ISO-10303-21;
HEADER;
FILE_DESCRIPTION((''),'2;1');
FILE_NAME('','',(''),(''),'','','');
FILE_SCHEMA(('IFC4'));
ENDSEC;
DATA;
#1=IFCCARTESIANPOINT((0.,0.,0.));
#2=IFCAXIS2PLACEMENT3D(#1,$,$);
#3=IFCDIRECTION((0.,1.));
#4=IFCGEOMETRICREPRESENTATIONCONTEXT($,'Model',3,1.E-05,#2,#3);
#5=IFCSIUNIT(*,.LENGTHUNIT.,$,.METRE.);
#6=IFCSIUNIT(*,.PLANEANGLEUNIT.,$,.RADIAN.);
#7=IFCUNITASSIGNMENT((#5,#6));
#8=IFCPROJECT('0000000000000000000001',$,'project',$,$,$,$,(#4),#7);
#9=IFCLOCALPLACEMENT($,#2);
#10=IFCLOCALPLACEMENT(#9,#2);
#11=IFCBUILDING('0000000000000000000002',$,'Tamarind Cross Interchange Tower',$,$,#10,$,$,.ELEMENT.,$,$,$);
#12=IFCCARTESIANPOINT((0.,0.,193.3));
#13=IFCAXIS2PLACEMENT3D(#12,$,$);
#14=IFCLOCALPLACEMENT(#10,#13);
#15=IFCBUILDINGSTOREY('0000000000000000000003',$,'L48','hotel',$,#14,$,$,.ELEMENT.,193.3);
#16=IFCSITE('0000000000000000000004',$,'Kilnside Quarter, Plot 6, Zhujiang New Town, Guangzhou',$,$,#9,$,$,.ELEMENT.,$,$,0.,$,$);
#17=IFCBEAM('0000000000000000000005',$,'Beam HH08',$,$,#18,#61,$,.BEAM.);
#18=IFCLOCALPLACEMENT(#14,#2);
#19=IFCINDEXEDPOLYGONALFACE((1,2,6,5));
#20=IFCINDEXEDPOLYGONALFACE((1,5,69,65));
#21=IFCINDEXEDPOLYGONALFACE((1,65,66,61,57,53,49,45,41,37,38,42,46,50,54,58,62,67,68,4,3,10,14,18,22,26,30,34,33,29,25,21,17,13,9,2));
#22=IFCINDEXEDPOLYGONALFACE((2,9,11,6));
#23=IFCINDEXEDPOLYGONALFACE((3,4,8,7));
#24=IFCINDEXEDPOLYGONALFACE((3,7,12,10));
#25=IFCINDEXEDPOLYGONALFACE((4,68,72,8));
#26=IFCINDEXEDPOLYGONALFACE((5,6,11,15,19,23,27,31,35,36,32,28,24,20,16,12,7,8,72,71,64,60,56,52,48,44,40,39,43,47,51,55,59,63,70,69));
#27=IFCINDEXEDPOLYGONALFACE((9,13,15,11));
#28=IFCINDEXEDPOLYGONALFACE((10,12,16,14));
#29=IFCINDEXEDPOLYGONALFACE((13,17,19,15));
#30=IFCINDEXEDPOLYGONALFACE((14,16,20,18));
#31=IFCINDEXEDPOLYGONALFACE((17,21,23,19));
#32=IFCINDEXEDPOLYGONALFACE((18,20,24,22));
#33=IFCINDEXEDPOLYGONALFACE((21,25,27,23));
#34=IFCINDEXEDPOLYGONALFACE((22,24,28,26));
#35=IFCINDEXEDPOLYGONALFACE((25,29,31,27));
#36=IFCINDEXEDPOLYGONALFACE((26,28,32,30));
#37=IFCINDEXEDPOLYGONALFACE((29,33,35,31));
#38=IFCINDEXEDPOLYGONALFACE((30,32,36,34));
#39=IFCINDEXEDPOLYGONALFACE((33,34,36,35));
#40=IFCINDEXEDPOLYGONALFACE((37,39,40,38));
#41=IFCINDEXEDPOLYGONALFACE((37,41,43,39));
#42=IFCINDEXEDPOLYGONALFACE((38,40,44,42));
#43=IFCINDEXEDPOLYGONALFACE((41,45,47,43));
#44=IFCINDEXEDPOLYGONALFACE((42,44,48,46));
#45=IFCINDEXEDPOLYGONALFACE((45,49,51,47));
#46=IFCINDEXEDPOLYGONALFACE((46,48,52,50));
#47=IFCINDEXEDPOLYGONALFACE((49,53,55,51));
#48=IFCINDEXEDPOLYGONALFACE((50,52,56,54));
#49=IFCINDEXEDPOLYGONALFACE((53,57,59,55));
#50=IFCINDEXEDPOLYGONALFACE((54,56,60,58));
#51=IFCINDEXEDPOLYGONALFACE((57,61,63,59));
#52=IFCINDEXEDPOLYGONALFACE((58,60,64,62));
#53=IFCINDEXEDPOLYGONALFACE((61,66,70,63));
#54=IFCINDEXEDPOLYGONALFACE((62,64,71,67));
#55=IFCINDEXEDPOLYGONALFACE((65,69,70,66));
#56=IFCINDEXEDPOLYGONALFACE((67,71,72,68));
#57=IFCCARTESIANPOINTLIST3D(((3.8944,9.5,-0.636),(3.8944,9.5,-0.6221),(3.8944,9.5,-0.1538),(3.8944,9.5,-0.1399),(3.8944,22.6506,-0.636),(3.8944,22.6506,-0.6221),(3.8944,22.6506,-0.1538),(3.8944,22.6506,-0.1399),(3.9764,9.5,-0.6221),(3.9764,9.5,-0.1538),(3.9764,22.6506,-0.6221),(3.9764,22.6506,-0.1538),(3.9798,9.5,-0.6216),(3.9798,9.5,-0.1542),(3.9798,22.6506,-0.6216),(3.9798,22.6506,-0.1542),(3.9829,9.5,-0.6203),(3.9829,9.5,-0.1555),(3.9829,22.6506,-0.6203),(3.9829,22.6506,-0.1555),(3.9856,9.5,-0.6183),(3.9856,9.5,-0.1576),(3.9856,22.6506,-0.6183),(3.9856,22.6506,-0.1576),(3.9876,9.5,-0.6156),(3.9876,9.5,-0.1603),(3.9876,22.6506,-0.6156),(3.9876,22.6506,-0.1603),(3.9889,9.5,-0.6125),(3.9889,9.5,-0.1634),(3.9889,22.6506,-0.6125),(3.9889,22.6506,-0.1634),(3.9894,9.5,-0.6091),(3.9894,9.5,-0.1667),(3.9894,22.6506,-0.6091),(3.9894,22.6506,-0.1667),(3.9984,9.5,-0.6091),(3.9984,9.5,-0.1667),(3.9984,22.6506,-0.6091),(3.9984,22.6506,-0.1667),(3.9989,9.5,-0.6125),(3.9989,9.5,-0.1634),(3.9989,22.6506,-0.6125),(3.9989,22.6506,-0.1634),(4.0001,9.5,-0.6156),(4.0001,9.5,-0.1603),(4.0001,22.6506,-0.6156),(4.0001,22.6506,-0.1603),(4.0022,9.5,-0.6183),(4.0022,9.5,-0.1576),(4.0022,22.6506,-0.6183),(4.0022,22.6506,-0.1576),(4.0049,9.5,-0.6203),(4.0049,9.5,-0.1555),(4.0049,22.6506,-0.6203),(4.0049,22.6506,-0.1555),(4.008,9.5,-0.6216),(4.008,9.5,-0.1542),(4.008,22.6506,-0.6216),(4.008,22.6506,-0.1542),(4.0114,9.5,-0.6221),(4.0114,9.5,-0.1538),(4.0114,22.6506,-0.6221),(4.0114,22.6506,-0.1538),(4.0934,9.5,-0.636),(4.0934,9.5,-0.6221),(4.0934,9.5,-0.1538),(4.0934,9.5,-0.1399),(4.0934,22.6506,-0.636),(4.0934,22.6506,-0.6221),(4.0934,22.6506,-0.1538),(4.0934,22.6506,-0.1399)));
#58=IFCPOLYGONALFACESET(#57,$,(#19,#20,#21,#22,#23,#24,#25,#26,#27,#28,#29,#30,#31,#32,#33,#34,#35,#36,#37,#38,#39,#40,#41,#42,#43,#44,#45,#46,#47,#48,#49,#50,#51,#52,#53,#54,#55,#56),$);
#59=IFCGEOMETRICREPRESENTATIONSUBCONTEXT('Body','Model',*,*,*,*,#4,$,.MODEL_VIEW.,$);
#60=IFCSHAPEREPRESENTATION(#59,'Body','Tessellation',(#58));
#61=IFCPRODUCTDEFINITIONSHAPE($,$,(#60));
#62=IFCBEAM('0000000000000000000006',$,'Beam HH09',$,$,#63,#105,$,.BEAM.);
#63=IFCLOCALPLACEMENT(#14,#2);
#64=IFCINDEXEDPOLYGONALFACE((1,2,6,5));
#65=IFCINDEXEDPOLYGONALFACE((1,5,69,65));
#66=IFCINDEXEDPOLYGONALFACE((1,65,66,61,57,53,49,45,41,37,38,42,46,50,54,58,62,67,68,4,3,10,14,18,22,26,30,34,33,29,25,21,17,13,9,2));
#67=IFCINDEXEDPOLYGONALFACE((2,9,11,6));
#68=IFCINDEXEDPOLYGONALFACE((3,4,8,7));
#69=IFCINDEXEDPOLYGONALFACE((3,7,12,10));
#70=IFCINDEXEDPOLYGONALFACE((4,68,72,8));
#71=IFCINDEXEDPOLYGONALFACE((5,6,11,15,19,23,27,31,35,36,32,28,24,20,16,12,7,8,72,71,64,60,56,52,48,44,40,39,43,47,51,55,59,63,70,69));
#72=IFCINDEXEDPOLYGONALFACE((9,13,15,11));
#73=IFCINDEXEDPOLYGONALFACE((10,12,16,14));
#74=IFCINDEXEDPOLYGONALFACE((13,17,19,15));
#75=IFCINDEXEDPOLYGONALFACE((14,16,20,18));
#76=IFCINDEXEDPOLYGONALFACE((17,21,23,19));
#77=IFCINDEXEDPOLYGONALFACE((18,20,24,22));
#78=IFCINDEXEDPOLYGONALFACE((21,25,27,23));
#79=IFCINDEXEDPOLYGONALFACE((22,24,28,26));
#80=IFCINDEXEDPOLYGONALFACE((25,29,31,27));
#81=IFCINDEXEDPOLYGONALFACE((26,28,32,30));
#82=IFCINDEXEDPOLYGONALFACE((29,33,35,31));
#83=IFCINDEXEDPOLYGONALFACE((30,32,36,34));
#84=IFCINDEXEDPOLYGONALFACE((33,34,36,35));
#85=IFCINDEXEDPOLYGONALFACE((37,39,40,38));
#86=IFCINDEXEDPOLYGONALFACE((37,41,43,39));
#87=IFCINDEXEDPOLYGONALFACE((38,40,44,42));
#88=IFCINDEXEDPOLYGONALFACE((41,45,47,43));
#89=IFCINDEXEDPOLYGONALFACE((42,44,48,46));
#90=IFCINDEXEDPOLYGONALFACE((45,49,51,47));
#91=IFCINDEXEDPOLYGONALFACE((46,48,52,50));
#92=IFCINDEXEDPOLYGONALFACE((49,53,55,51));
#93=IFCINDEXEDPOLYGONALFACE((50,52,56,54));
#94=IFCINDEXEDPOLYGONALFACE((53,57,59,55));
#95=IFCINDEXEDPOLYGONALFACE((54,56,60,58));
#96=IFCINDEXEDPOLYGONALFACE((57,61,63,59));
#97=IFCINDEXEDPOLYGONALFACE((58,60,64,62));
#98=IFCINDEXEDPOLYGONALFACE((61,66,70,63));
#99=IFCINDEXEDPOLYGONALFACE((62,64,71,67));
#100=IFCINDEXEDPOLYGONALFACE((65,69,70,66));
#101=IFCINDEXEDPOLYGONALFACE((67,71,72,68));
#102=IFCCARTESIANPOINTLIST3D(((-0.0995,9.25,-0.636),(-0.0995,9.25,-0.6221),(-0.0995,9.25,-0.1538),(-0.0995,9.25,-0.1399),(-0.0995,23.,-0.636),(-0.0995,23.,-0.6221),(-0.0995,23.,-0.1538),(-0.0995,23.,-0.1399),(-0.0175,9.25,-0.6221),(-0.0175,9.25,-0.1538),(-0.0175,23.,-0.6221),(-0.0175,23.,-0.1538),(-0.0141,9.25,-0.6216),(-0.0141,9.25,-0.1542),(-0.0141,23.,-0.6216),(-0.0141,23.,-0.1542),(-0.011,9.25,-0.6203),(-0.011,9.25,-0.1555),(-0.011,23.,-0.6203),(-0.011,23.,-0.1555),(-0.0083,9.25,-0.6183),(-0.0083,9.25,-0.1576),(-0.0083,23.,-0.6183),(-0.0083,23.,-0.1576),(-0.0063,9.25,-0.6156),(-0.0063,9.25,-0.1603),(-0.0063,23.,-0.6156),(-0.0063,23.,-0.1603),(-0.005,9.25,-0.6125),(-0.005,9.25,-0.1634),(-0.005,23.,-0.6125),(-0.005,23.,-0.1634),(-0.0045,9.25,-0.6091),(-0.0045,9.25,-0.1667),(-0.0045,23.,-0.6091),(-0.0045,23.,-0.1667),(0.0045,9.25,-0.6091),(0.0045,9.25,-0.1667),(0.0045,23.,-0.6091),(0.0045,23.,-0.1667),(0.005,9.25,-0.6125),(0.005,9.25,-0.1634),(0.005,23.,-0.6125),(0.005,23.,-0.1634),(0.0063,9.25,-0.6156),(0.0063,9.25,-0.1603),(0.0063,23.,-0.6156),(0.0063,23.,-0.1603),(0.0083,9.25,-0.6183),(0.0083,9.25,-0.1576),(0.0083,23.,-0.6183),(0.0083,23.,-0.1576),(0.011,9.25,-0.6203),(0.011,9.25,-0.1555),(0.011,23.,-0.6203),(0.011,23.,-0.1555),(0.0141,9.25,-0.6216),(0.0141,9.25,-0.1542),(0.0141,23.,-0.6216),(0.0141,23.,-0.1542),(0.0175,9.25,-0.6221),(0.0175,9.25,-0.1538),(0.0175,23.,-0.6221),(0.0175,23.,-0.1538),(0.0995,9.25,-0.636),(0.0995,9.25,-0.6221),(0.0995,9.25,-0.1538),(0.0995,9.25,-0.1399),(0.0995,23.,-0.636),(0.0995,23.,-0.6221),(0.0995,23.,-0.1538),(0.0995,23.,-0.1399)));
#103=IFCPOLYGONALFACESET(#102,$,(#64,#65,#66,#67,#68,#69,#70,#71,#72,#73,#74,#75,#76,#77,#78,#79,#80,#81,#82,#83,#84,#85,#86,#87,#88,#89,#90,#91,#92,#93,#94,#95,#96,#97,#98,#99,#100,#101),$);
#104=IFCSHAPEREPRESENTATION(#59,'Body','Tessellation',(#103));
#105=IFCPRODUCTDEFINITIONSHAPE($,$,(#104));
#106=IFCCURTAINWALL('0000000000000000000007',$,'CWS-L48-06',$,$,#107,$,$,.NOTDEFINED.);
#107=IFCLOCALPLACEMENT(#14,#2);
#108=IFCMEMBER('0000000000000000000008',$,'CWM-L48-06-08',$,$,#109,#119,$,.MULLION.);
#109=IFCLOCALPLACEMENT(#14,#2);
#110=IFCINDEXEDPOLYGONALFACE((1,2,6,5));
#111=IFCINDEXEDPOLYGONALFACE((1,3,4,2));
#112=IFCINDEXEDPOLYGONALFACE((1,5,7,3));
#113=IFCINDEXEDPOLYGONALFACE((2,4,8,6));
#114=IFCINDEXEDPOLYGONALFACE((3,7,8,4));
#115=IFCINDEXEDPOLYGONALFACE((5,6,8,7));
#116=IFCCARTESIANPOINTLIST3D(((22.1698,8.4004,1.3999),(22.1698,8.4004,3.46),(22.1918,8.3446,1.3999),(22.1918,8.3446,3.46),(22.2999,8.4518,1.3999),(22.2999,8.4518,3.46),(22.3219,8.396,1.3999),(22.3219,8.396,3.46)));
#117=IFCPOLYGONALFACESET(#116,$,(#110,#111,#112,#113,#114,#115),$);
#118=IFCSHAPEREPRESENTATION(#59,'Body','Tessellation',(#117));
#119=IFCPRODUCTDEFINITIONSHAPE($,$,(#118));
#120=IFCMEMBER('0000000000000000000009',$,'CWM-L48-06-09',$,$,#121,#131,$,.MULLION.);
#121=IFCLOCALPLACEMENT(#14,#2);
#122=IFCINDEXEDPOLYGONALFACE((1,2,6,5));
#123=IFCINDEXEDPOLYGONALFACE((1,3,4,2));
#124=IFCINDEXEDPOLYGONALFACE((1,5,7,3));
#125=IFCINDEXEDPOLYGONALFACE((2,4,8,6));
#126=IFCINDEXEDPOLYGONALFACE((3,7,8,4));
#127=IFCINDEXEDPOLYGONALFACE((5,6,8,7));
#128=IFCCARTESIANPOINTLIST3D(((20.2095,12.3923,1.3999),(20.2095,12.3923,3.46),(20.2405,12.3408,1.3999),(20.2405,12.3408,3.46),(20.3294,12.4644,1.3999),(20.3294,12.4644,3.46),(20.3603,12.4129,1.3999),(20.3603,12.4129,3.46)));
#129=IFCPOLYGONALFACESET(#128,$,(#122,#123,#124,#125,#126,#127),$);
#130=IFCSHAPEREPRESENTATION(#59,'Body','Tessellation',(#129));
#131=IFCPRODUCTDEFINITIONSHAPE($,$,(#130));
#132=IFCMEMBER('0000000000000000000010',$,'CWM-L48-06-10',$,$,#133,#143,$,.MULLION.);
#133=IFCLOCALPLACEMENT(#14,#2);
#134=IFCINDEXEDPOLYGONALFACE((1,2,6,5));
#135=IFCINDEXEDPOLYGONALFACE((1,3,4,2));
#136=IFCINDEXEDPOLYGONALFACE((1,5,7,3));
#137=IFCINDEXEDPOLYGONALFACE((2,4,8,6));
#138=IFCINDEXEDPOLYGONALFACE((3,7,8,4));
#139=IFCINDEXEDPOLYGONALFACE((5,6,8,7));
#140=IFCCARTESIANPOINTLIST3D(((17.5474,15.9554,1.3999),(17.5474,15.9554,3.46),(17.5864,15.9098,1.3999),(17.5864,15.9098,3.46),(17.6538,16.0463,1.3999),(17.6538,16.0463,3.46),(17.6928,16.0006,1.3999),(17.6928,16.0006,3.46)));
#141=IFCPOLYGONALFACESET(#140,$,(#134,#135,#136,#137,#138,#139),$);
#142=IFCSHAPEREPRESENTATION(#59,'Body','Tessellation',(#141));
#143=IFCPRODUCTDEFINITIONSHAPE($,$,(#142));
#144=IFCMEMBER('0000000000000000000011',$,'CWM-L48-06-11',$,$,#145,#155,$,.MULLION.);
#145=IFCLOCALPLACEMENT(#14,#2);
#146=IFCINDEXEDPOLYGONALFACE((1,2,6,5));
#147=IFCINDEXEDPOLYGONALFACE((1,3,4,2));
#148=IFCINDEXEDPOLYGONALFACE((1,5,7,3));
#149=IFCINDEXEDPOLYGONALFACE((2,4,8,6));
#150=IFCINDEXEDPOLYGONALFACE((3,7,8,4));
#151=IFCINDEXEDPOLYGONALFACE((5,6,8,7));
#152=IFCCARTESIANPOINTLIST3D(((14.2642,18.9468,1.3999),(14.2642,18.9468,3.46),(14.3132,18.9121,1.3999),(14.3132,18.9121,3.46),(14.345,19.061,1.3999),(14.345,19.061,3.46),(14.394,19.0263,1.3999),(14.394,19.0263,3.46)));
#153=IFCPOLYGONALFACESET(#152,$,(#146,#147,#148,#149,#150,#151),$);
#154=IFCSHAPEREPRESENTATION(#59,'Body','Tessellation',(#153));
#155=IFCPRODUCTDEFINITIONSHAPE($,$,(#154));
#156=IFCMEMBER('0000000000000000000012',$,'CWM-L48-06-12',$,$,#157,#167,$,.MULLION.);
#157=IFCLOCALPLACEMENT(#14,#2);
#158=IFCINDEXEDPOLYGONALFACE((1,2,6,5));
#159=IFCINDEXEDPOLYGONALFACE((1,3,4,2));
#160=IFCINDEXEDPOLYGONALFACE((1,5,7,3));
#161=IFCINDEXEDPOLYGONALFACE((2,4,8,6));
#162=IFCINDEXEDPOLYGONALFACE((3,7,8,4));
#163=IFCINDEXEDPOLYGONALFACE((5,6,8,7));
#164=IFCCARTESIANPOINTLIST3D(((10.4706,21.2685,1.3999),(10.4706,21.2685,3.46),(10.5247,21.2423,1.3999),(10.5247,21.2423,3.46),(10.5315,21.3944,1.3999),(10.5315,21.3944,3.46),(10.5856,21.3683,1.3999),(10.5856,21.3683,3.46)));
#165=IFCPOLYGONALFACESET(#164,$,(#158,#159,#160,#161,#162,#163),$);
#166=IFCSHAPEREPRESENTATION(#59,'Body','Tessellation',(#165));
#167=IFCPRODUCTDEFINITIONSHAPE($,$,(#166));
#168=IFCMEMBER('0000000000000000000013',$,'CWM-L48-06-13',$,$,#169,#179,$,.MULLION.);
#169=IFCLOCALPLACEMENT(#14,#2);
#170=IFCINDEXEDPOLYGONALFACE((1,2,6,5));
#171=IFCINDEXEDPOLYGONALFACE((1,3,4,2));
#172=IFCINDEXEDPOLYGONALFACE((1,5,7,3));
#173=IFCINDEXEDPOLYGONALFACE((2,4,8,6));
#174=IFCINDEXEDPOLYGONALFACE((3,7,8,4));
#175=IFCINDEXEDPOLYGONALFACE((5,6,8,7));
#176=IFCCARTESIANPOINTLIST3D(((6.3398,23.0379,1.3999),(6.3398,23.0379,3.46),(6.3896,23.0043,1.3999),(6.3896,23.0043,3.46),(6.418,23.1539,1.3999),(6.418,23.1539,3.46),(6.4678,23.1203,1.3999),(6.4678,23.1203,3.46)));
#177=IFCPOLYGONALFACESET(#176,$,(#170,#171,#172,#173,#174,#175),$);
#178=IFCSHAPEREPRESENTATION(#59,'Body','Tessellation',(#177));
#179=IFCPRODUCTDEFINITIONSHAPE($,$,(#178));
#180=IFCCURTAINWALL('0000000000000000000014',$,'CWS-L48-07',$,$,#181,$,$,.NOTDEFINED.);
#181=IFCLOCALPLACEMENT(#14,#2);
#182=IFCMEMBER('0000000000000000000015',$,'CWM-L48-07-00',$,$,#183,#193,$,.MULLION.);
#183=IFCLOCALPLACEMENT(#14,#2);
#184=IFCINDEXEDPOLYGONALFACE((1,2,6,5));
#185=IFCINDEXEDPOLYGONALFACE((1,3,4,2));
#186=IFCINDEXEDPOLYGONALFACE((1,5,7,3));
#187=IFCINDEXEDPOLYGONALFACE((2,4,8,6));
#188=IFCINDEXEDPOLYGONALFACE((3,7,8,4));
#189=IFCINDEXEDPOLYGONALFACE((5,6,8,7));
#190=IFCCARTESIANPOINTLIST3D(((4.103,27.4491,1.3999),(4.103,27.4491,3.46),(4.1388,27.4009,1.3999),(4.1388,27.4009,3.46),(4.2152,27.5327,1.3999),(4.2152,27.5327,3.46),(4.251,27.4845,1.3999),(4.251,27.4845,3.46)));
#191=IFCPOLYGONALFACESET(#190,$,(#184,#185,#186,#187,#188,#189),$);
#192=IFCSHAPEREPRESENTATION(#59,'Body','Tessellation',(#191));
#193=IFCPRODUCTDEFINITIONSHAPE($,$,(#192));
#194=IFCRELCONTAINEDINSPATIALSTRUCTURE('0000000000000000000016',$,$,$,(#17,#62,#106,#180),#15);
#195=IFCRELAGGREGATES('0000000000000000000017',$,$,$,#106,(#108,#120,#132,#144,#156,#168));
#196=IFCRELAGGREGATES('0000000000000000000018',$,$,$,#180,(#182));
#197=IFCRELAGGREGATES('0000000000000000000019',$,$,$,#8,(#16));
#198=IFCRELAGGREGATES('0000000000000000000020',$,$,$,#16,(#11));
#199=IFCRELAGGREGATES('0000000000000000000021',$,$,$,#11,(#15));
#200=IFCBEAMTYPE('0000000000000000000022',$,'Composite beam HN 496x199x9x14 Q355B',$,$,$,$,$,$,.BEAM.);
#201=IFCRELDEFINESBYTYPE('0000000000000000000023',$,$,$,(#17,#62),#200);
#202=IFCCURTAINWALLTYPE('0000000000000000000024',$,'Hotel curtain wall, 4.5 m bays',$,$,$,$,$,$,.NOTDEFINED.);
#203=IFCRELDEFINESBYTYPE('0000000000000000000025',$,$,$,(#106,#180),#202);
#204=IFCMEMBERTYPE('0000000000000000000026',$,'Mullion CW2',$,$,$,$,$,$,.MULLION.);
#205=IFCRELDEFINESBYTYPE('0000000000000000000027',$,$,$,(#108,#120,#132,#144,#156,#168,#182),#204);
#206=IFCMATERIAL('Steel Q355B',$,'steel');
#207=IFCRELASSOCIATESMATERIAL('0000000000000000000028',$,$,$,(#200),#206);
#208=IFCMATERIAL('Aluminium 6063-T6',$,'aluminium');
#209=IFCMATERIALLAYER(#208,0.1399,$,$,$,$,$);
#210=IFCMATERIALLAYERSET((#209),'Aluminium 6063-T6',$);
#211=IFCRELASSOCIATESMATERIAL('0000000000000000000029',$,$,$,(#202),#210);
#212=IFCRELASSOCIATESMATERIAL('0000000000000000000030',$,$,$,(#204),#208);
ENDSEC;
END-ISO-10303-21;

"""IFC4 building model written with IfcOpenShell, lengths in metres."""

from ifc_helpers import new_model, si_unit, direction, frame, origin, origin_2d, place, context, subcontext, project, spatial, rectangle, i_section, extrude, material, layer, layer_set, material_profile, profile_set, type_object, element, aggregate, save


model = new_model("IFC4")

# Units and contexts
model_context = context("Model", 3, precision=1e-05, world=origin(), true_north=direction((0.0, 1.0)))
body_context = subcontext(model_context, "Body", "Model", "MODEL_VIEW")
ifc_project = project(units=[si_unit("LENGTHUNIT", "METRE"), si_unit("PLANEANGLEUNIT", "RADIAN")], contexts=[model_context])

# Site, building, storey
site_placement = place(None, origin())
site = spatial("IfcSite", under=ifc_project, at=site_placement, Name="Kilnside Quarter, Plot 6, Zhujiang New Town, Guangzhou", CompositionType="ELEMENT", RefElevation=0.0)
building_placement = place(site_placement, origin())
building = spatial("IfcBuilding", under=site, at=building_placement, Name="Tamarind Cross Interchange Tower", CompositionType="ELEMENT")
storey_placement = place(building_placement, frame((0.0, 0.0, 193.3)))
storey = spatial("IfcBuildingStorey", under=building, at=storey_placement, Name="L48", Description="hotel", CompositionType="ELEMENT", Elevation=193.3)

# Beams
ifc_material_1 = material(Name="Steel Q355B", Category="steel")
ifc_material_profile_1 = material_profile(ifc_material_1, i_section(OverallWidth=0.199, OverallDepth=0.4961, WebThickness=0.009, FlangeThickness=0.0139, FilletRadius=0.0129, at=origin_2d()), Name="HN 496x199x9x14")
ifc_profile_set_1 = profile_set([ifc_material_profile_1], Name="Steel Q355B")
beam_type = type_object("IfcBeamType", Name="Composite beam HN 496x199x9x14 Q355B", PredefinedType="BEAM", material=ifc_profile_set_1)
beam_1_placement = place(storey_placement, frame((3.9939, 22.6506, -0.3879), z_axis=(0.0, -1.0, 0.0), x_axis=(1.0, 0.0, 0.0)))
element("IfcBeam", 1, at=beam_1_placement, inside=storey, type_object=beam_type, Name="Beam HH08", PredefinedType="BEAM", context=body_context, shape_type="SweptSolid", body=[
    extrude(i_section(OverallWidth=0.199, OverallDepth=0.4961, WebThickness=0.009, FlangeThickness=0.0139, FilletRadius=0.0129, at=origin_2d()), origin(), (0.0, 0.0, 1.0), 13.1506),
])
beam_2_placement = place(storey_placement, frame((0.0, 23.0, -0.3879), z_axis=(0.0, -1.0, 0.0), x_axis=(1.0, 0.0, 0.0)))
element("IfcBeam", 2, at=beam_2_placement, inside=storey, type_object=beam_type, Name="Beam HH09", PredefinedType="BEAM", context=body_context, shape_type="SweptSolid", body=[
    extrude(i_section(OverallWidth=0.199, OverallDepth=0.4961, WebThickness=0.009, FlangeThickness=0.0139, FilletRadius=0.0129, at=origin_2d()), origin(), (0.0, 0.0, 1.0), 13.75),
])

# Curtain walls, members
ifc_material_2 = material(Name="Aluminium 6063-T6", Category="aluminium")
ifc_layer_1 = layer(ifc_material_2, 0.1399)
ifc_layer_set_1 = layer_set([ifc_layer_1], Name="Aluminium 6063-T6")
curtain_wall_type = type_object("IfcCurtainWallType", Name="Hotel curtain wall, 4.5 m bays", PredefinedType="NOTDEFINED", material=ifc_layer_set_1)
curtain_wall_1_placement = place(storey_placement, origin())
curtain_wall_1 = element("IfcCurtainWall", 3, at=curtain_wall_1_placement, inside=storey, type_object=curtain_wall_type, Name="CWS-L48-06", PredefinedType="NOTDEFINED")
ifc_material_profile_2 = material_profile(ifc_material_2, rectangle(XDim=0.0601, YDim=0.1399, at=origin_2d()), Name="Mullion CW2")
ifc_profile_set_2 = profile_set([ifc_material_profile_2], Name="Aluminium 6063-T6")
member_type = type_object("IfcMemberType", Name="Mullion CW2", PredefinedType="MULLION", material=ifc_profile_set_2)
member_1_placement = place(storey_placement, frame((22.2458, 8.3982, 1.3999), z_axis=(0.0, 0.0, 1.0), x_axis=(-0.367514, 0.930018, 0.0)))
member_1 = element("IfcMember", 4, at=member_1_placement, type_object=member_type, Name="CWM-L48-06-08", PredefinedType="MULLION", context=body_context, shape_type="SweptSolid", body=[
    extrude(rectangle(XDim=0.0601, YDim=0.1399, at=origin_2d()), origin(), (0.0, 0.0, 1.0), 2.0601),
])
member_2_placement = place(storey_placement, frame((20.2849, 12.4026, 1.3999), z_axis=(0.0, 0.0, 1.0), x_axis=(-0.515577, 0.856843, 0.0)))
member_2 = element("IfcMember", 5, at=member_2_placement, type_object=member_type, Name="CWM-L48-06-09", PredefinedType="MULLION", context=body_context, shape_type="SweptSolid", body=[
    extrude(rectangle(XDim=0.0601, YDim=0.1399, at=origin_2d()), origin(), (0.0, 0.0, 1.0), 2.0601),
])
member_3_placement = place(storey_placement, frame((17.6201, 15.978, 1.3999), z_axis=(0.0, 0.0, 1.0), x_axis=(-0.649577, 0.760296, 0.0)))
member_3 = element("IfcMember", 6, at=member_3_placement, type_object=member_type, Name="CWM-L48-06-10", PredefinedType="MULLION", context=body_context, shape_type="SweptSolid", body=[
    extrude(rectangle(XDim=0.0601, YDim=0.1399, at=origin_2d()), origin(), (0.0, 0.0, 1.0), 2.0601),
])
member_4_placement = place(storey_placement, frame((14.3291, 18.9866, 1.3999), z_axis=(0.0, 0.0, 1.0), x_axis=(-0.816342, 0.577569, 0.0)))
member_4 = element("IfcMember", 7, at=member_4_placement, type_object=member_type, Name="CWM-L48-06-11", PredefinedType="MULLION", context=body_context, shape_type="SweptSolid", body=[
    extrude(rectangle(XDim=0.0601, YDim=0.1399, at=origin_2d()), origin(), (0.0, 0.0, 1.0), 2.0601),
])
member_5_placement = place(storey_placement, frame((10.5281, 21.3184, 1.3999), z_axis=(0.0, 0.0, 1.0), x_axis=(-0.900273, 0.435326, 0.0)))
member_5 = element("IfcMember", 8, at=member_5_placement, type_object=member_type, Name="CWM-L48-06-12", PredefinedType="MULLION", context=body_context, shape_type="SweptSolid", body=[
    extrude(rectangle(XDim=0.0601, YDim=0.1399, at=origin_2d()), origin(), (0.0, 0.0, 1.0), 2.0601),
])
member_6_placement = place(storey_placement, frame((6.4038, 23.0791, 1.3999), z_axis=(0.0, 0.0, 1.0), x_axis=(-0.829016, 0.559225, 0.0)))
member_6 = element("IfcMember", 9, at=member_6_placement, type_object=member_type, Name="CWM-L48-06-13", PredefinedType="MULLION", context=body_context, shape_type="SweptSolid", body=[
    extrude(rectangle(XDim=0.0601, YDim=0.1399, at=origin_2d()), origin(), (0.0, 0.0, 1.0), 2.0601),
])
aggregate(curtain_wall_1, [member_1, member_2, member_3, member_4, member_5, member_6])
curtain_wall_2_placement = place(storey_placement, origin())
curtain_wall_2 = element("IfcCurtainWall", 10, at=curtain_wall_2_placement, inside=storey, type_object=curtain_wall_type, Name="CWS-L48-07", PredefinedType="NOTDEFINED")
member_7_placement = place(storey_placement, frame((4.177, 27.4668, 1.3999), z_axis=(0.0, 0.0, 1.0), x_axis=(-0.597408, 0.801937, 0.0)))
member_7 = element("IfcMember", 11, at=member_7_placement, type_object=member_type, Name="CWM-L48-07-00", PredefinedType="MULLION", context=body_context, shape_type="SweptSolid", body=[
    extrude(rectangle(XDim=0.0601, YDim=0.1399, at=origin_2d()), origin(), (0.0, 0.0, 1.0), 2.0601),
])
aggregate(curtain_wall_2, [member_7])

save(model, "model.ifc")
